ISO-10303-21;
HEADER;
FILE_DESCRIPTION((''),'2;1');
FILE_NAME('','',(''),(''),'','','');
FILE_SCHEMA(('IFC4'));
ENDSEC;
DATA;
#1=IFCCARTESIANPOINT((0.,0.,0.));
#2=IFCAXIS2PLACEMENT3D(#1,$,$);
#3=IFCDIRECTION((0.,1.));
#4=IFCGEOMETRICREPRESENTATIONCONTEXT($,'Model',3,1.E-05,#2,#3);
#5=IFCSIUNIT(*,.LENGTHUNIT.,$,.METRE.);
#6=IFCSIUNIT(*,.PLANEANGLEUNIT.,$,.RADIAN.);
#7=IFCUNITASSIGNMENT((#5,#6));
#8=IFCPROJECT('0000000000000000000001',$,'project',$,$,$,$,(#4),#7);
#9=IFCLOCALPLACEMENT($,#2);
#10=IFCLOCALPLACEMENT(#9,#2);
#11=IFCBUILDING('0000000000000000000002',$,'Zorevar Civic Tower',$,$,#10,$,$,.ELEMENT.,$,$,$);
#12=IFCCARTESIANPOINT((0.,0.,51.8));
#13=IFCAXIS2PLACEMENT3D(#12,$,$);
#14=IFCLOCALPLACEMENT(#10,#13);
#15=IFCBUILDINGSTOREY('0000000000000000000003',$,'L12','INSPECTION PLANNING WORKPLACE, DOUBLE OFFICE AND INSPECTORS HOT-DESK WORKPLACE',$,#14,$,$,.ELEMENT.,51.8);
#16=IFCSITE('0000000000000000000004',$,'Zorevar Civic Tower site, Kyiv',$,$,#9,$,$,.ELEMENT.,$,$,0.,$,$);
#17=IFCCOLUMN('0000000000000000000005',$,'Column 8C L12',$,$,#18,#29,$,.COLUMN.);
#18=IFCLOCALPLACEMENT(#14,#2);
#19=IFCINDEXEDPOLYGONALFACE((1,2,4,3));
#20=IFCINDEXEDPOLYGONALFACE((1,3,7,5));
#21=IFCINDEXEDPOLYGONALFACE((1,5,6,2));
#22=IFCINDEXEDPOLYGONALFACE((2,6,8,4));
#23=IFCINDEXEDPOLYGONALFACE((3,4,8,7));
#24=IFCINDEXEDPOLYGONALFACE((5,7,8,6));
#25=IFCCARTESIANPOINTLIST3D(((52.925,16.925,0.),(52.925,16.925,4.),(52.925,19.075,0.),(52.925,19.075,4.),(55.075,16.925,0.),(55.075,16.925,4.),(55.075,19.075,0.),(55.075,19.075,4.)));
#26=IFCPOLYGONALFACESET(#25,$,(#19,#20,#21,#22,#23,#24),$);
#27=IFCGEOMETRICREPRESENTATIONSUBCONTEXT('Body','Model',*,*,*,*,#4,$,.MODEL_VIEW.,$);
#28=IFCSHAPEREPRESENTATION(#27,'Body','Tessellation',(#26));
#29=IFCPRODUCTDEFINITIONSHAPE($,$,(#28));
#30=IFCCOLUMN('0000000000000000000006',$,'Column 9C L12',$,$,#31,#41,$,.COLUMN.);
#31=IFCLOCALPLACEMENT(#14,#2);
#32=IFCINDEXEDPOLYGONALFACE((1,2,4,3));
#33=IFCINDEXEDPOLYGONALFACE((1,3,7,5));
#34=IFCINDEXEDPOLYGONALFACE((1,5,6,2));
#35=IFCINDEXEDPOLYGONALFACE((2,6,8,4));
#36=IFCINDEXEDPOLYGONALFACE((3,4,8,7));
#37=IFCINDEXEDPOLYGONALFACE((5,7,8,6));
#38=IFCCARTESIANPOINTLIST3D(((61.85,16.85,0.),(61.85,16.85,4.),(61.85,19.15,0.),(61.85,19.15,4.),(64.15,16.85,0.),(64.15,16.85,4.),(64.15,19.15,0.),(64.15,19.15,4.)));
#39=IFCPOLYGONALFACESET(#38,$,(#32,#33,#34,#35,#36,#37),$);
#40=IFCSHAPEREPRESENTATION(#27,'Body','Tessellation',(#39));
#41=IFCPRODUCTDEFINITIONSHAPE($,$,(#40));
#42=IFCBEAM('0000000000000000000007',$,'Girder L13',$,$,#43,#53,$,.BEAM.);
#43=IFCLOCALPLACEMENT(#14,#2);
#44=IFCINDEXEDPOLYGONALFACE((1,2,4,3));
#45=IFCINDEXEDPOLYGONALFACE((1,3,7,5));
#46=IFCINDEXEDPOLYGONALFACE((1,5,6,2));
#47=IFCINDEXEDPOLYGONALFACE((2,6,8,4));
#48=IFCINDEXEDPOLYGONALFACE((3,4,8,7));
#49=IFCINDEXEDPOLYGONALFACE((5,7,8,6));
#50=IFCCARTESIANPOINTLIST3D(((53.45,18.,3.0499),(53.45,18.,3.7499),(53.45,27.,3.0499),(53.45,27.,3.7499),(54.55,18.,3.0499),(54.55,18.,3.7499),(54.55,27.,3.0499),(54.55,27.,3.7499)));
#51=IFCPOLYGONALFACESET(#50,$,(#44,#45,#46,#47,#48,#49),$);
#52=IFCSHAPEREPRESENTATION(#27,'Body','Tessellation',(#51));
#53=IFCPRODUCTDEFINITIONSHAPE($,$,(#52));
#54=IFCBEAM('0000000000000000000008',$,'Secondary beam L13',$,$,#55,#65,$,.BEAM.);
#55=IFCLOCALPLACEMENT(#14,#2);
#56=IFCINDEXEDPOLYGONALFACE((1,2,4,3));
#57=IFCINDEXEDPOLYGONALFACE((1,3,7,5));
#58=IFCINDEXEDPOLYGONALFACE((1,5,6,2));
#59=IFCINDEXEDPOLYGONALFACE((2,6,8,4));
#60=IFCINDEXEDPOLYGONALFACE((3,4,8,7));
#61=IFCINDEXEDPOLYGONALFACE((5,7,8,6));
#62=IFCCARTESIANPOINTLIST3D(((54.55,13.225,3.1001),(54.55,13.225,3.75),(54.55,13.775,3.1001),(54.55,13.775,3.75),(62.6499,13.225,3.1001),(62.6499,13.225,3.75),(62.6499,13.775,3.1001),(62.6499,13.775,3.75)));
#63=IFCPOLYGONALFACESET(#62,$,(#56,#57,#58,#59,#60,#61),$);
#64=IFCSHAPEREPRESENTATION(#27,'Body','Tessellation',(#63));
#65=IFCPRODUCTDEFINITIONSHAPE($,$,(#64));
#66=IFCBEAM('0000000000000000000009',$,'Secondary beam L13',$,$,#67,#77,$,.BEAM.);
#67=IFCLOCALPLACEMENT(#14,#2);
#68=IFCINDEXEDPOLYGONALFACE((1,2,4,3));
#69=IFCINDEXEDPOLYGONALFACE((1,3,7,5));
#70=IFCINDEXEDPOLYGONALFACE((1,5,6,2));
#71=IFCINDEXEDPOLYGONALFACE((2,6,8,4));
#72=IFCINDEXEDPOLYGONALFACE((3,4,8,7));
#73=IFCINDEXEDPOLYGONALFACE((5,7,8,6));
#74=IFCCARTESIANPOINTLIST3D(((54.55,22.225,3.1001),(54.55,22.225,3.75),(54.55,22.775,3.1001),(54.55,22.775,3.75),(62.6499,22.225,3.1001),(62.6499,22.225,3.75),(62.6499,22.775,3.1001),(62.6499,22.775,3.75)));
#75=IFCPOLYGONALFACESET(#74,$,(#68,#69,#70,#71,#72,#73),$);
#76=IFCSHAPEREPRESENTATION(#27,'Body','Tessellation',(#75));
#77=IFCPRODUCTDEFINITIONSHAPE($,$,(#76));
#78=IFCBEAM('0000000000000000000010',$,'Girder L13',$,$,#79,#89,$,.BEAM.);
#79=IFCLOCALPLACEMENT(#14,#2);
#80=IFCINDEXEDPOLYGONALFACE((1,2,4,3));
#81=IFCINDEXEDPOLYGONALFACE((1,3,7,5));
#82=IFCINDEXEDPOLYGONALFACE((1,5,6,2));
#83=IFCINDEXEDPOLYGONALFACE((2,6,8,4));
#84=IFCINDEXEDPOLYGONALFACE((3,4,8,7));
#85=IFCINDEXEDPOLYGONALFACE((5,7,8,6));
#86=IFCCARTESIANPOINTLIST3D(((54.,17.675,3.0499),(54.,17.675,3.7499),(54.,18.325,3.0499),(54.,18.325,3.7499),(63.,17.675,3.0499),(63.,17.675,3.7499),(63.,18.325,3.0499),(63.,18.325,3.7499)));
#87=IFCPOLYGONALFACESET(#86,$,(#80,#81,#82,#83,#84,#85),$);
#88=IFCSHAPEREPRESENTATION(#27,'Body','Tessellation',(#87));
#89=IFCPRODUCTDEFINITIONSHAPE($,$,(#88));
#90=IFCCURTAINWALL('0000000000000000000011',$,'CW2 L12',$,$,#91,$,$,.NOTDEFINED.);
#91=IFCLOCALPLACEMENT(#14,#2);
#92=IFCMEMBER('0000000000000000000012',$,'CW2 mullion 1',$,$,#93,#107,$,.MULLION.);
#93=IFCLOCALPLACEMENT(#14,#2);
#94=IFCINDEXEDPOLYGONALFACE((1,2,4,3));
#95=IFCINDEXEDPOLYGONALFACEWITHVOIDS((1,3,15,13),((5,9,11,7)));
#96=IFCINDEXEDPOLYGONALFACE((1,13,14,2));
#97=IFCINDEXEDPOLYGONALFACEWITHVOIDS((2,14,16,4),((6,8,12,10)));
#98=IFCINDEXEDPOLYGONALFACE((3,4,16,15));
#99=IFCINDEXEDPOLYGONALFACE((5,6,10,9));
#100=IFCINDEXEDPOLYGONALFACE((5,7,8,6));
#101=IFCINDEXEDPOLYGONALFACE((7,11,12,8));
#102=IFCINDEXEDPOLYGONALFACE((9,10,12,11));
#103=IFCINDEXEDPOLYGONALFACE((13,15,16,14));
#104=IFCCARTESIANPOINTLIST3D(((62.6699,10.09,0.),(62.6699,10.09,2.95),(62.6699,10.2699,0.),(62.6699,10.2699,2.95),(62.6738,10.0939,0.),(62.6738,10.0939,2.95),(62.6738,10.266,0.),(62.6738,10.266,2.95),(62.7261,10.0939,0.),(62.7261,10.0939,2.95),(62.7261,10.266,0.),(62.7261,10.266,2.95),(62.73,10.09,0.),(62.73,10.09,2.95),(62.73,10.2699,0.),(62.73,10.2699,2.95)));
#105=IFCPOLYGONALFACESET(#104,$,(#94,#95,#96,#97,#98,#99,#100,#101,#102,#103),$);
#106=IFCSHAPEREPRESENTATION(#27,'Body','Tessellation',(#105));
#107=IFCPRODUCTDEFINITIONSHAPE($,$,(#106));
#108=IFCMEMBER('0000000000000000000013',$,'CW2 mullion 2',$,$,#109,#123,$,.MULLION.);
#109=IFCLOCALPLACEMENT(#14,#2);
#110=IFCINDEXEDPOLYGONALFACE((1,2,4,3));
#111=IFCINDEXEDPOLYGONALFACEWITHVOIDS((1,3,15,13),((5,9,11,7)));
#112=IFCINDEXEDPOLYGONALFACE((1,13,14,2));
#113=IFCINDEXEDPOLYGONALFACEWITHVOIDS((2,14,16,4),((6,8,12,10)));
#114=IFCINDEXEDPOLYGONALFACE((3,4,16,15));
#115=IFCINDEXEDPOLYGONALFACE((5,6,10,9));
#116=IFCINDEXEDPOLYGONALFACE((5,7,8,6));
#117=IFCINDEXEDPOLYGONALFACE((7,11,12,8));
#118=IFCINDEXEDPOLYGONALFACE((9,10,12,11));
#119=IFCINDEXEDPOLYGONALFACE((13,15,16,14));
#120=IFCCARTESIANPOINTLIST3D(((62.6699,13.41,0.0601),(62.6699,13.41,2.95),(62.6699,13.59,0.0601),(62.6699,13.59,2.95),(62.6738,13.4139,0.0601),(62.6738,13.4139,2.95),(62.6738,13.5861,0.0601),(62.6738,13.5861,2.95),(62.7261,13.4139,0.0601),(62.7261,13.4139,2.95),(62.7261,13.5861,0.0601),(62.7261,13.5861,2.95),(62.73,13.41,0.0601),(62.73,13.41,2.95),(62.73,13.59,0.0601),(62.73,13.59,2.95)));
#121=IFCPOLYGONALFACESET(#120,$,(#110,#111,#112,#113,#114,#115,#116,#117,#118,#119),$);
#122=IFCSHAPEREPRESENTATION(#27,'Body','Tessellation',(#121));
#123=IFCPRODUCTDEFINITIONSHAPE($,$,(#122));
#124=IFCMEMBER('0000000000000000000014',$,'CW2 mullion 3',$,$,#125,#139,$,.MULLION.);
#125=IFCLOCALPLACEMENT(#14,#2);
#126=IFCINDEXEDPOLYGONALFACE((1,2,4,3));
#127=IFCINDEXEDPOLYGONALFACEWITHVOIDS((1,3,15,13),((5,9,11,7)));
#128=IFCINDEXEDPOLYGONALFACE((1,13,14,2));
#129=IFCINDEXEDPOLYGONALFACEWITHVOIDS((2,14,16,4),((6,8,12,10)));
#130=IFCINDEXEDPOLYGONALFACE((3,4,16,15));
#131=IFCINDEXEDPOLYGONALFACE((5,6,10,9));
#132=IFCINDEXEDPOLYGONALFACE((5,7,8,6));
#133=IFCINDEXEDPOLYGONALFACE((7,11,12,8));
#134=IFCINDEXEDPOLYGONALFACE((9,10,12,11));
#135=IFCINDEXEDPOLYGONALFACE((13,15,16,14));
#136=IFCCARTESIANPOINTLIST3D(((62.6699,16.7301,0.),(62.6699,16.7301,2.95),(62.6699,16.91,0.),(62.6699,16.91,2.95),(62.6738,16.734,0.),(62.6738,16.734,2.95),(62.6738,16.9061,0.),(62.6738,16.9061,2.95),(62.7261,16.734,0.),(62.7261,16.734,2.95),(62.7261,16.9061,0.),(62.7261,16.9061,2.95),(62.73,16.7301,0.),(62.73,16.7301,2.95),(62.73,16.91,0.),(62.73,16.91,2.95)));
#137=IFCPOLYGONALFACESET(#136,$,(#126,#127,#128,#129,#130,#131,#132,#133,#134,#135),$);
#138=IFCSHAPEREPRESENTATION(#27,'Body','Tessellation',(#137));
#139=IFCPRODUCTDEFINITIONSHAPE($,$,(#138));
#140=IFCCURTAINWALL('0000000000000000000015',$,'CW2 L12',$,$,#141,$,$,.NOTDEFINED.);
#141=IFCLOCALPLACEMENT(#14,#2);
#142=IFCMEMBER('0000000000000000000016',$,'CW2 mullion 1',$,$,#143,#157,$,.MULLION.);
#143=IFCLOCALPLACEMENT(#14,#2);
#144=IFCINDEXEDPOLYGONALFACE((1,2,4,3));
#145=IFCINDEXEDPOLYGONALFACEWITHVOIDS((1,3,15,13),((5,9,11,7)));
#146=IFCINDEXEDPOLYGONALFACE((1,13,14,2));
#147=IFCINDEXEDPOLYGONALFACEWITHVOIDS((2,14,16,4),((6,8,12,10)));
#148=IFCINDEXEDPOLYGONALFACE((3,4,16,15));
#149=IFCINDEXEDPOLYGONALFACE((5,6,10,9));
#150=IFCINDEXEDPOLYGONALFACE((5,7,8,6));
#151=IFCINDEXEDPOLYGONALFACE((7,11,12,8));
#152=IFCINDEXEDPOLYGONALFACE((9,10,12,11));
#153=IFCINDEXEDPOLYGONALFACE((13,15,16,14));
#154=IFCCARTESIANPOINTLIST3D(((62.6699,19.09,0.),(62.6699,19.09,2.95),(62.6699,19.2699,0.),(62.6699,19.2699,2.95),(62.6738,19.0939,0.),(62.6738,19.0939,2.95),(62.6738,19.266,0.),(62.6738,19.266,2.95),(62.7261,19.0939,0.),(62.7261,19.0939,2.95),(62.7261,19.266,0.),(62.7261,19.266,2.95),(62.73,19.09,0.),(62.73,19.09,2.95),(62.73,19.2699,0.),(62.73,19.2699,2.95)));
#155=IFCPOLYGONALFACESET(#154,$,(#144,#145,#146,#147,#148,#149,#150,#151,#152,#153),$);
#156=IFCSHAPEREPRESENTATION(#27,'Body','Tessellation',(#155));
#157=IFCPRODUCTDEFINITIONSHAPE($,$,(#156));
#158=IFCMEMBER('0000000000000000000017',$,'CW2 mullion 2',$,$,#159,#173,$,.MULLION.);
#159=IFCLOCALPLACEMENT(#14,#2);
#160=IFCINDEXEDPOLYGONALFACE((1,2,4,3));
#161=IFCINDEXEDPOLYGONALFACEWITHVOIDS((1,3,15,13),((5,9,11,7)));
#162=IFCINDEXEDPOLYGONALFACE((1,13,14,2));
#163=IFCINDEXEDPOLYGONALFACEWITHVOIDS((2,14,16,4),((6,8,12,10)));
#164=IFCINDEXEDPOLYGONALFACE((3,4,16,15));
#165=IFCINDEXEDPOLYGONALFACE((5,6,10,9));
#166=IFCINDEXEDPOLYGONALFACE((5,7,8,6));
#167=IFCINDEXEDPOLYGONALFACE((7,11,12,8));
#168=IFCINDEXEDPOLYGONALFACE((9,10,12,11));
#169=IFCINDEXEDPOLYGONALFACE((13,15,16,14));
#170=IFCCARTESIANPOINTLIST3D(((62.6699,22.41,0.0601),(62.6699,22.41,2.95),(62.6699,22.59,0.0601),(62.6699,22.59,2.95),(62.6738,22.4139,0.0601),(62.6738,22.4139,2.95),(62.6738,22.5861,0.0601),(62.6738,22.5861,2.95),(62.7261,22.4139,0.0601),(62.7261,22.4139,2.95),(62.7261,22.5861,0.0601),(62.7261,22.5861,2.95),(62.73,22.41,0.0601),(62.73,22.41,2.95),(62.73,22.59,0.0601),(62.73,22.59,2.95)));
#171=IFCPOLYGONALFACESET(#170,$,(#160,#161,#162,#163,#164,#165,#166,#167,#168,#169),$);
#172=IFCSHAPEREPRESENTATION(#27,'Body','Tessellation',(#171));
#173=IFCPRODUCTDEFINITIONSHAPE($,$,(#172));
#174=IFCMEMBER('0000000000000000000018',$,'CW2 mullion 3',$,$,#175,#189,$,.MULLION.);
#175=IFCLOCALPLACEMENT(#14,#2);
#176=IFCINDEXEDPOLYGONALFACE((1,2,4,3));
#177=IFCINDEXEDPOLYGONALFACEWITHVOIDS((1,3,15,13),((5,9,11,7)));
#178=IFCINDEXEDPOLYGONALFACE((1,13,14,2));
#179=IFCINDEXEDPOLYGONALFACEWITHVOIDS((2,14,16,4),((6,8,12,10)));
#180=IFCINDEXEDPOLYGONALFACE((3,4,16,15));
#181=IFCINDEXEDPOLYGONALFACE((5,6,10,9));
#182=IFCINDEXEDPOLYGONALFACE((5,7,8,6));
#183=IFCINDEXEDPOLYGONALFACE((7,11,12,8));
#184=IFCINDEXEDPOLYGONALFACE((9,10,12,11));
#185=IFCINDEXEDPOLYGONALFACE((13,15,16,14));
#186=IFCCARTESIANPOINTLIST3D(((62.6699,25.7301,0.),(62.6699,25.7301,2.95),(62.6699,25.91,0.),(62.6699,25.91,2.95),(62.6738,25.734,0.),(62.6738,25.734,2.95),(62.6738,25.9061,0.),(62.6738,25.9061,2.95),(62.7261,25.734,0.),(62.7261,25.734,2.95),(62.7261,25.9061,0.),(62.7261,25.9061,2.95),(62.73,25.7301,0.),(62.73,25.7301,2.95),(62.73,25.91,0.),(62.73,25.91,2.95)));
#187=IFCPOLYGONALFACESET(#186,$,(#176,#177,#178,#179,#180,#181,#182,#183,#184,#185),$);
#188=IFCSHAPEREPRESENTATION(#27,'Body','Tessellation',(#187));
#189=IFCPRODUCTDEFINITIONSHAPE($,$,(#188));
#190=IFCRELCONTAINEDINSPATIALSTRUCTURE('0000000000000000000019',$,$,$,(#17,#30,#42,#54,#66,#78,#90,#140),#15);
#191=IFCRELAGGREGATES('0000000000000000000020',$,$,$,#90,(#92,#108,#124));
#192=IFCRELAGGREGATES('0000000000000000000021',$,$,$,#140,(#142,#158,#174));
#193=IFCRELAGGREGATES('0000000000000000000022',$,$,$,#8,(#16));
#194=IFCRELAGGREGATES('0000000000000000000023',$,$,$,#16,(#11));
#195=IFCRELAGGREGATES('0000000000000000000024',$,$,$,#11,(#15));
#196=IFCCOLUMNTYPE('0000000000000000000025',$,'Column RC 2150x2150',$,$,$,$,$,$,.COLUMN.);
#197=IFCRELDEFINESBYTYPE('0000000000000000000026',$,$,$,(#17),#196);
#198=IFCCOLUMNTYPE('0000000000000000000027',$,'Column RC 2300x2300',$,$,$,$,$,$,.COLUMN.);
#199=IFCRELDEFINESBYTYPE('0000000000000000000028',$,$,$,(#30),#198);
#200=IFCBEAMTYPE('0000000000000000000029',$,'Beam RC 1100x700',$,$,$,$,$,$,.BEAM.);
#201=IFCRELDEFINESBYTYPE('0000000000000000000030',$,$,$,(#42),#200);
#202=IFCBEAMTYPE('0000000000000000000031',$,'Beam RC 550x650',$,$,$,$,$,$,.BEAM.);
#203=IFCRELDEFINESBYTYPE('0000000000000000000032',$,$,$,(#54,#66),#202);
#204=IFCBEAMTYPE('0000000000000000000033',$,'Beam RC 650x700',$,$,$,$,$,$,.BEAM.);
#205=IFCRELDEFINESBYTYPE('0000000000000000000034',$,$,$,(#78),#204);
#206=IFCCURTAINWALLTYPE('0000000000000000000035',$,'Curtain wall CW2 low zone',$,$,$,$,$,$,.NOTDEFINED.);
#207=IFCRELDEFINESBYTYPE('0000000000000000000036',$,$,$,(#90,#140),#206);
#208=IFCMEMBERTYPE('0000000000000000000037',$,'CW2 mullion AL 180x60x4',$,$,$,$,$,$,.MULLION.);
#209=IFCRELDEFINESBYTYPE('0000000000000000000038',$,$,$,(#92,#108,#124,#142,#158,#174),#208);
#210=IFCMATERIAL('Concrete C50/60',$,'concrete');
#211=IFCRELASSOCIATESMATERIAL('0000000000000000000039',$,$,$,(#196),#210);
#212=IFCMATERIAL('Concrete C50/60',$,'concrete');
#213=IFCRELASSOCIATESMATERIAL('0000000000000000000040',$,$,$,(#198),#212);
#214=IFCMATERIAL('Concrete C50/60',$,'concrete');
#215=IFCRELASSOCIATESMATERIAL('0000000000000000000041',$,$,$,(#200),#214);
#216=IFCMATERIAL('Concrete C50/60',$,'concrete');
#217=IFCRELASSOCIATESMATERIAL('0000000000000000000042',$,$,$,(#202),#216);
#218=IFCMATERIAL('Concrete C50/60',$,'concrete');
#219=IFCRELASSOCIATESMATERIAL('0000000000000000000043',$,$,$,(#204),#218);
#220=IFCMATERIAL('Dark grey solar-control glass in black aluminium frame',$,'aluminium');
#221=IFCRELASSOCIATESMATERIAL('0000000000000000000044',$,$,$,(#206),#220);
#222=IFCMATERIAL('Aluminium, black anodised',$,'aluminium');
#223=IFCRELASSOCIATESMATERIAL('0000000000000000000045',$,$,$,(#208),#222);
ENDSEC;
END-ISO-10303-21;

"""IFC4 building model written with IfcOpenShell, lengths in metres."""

from ifc_helpers import new_model, si_unit, direction, frame, origin, origin_2d, place, context, subcontext, project, spatial, rectangle, hollow_rectangle, extrude, material, material_profile, profile_set, type_object, element, aggregate, save


model = new_model("IFC4")

# Units and contexts
model_context = context("Model", 3, precision=1e-05, world=origin(), true_north=direction((0.0, 1.0)))
body_context = subcontext(model_context, "Body", "Model", "MODEL_VIEW")
ifc_project = project(units=[si_unit("LENGTHUNIT", "METRE"), si_unit("PLANEANGLEUNIT", "RADIAN")], contexts=[model_context])

# Site, building, storey
site_placement = place(None, origin())
site = spatial("IfcSite", under=ifc_project, at=site_placement, Name="Zorevar Civic Tower site, Kyiv", CompositionType="ELEMENT", RefElevation=0.0)
building_placement = place(site_placement, origin())
building = spatial("IfcBuilding", under=site, at=building_placement, Name="Zorevar Civic Tower", CompositionType="ELEMENT")
storey_placement = place(building_placement, frame((0.0, 0.0, 51.8)))
storey = spatial("IfcBuildingStorey", under=building, at=storey_placement, Name="L12", Description="INSPECTION PLANNING WORKPLACE, DOUBLE OFFICE AND INSPECTORS HOT-DESK WORKPLACE", CompositionType="ELEMENT", Elevation=51.8)

# Columns
ifc_material_1 = material(Name="Concrete C50/60", Category="concrete")
ifc_material_profile_1 = material_profile(ifc_material_1, rectangle(XDim=2.1499, YDim=2.1499, at=origin_2d()), Name="RC 2150x2150")
ifc_profile_set_1 = profile_set([ifc_material_profile_1], Name="Concrete C50/60")
column_type_1 = type_object("IfcColumnType", Name="Column RC 2150x2150", PredefinedType="COLUMN", material=ifc_profile_set_1)
column_1_placement = place(storey_placement, frame((54.0, 18.0, 0.0), z_axis=(0.0, 0.0, 1.0), x_axis=(1.0, 0.0, 0.0)))
element("IfcColumn", 1, at=column_1_placement, inside=storey, type_object=column_type_1, Name="Column 8C L12", PredefinedType="COLUMN", context=body_context, shape_type="SweptSolid", body=[
    extrude(rectangle(XDim=2.1499, YDim=2.1499, at=origin_2d()), origin(), (0.0, 0.0, 1.0), 4.0),
])
ifc_material_2 = material(Name="Concrete C50/60", Category="concrete")
ifc_material_profile_2 = material_profile(ifc_material_2, rectangle(XDim=2.3, YDim=2.3, at=origin_2d()), Name="RC 2300x2300")
ifc_profile_set_2 = profile_set([ifc_material_profile_2], Name="Concrete C50/60")
column_type_2 = type_object("IfcColumnType", Name="Column RC 2300x2300", PredefinedType="COLUMN", material=ifc_profile_set_2)
column_2_placement = place(storey_placement, frame((63.0, 18.0, 0.0), z_axis=(0.0, 0.0, 1.0), x_axis=(1.0, 0.0, 0.0)))
element("IfcColumn", 2, at=column_2_placement, inside=storey, type_object=column_type_2, Name="Column 9C L12", PredefinedType="COLUMN", context=body_context, shape_type="SweptSolid", body=[
    extrude(rectangle(XDim=2.3, YDim=2.3, at=origin_2d()), origin(), (0.0, 0.0, 1.0), 4.0),
])

# Beams
ifc_material_3 = material(Name="Concrete C50/60", Category="concrete")
ifc_material_profile_3 = material_profile(ifc_material_3, rectangle(XDim=1.1001, YDim=0.7, at=origin_2d()), Name="RC 1100x700")
ifc_profile_set_3 = profile_set([ifc_material_profile_3], Name="Concrete C50/60")
beam_type_1 = type_object("IfcBeamType", Name="Beam RC 1100x700", PredefinedType="BEAM", material=ifc_profile_set_3)
beam_1_placement = place(storey_placement, frame((54.0, 18.0, 3.3999), z_axis=(0.0, 1.0, 0.0), x_axis=(-1.0, 0.0, 0.0)))
element("IfcBeam", 3, at=beam_1_placement, inside=storey, type_object=beam_type_1, Name="Girder L13", PredefinedType="BEAM", context=body_context, shape_type="SweptSolid", body=[
    extrude(rectangle(XDim=1.1001, YDim=0.7, at=origin_2d()), origin(), (0.0, 0.0, 1.0), 9.0),
])
ifc_material_4 = material(Name="Concrete C50/60", Category="concrete")
ifc_material_profile_4 = material_profile(ifc_material_4, rectangle(XDim=0.55, YDim=0.6499, at=origin_2d()), Name="RC 550x650")
ifc_profile_set_4 = profile_set([ifc_material_profile_4], Name="Concrete C50/60")
beam_type_2 = type_object("IfcBeamType", Name="Beam RC 550x650", PredefinedType="BEAM", material=ifc_profile_set_4)
for number, where, z_axis, x_axis, name in (
    (4, (54.55, 13.5, 3.425), (1.0, 0.0, 0.0), (0.0, 1.0, 0.0), "Secondary beam L13"),
    (5, (54.55, 22.5, 3.425), (1.0, 0.0, 0.0), (0.0, 1.0, 0.0), "Secondary beam L13"),
):
    element("IfcBeam", number, at=place(storey_placement, frame(where, z_axis=z_axis, x_axis=x_axis)), inside=storey, type_object=beam_type_2, Name=name, PredefinedType="BEAM", context=body_context, shape_type="SweptSolid", body=[
        extrude(rectangle(XDim=0.55, YDim=0.6499, at=origin_2d()), origin(), (0.0, 0.0, 1.0), 8.0999),
    ])
ifc_material_5 = material(Name="Concrete C50/60", Category="concrete")
ifc_material_profile_5 = material_profile(ifc_material_5, rectangle(XDim=0.6499, YDim=0.7, at=origin_2d()), Name="RC 650x700")
ifc_profile_set_5 = profile_set([ifc_material_profile_5], Name="Concrete C50/60")
beam_type_3 = type_object("IfcBeamType", Name="Beam RC 650x700", PredefinedType="BEAM", material=ifc_profile_set_5)
beam_2_placement = place(storey_placement, frame((54.0, 18.0, 3.3999), z_axis=(1.0, 0.0, 0.0), x_axis=(0.0, 1.0, 0.0)))
element("IfcBeam", 6, at=beam_2_placement, inside=storey, type_object=beam_type_3, Name="Girder L13", PredefinedType="BEAM", context=body_context, shape_type="SweptSolid", body=[
    extrude(rectangle(XDim=0.6499, YDim=0.7, at=origin_2d()), origin(), (0.0, 0.0, 1.0), 9.0),
])

# Curtain walls, members
ifc_material_6 = material(Name="Dark grey solar-control glass in black aluminium frame", Category="aluminium")
curtain_wall_type = type_object("IfcCurtainWallType", Name="Curtain wall CW2 low zone", PredefinedType="NOTDEFINED", material=ifc_material_6)
curtain_wall_1_placement = place(storey_placement, origin())
curtain_wall_1 = element("IfcCurtainWall", 7, at=curtain_wall_1_placement, inside=storey, type_object=curtain_wall_type, Name="CW2 L12", PredefinedType="NOTDEFINED")
ifc_material_7 = material(Name="Aluminium, black anodised", Category="aluminium")
ifc_material_profile_6 = material_profile(ifc_material_7, hollow_rectangle(XDim=0.0601, YDim=0.1799, WallThickness=0.0039, at=origin_2d()), Name="AL 180x60x4")
ifc_profile_set_6 = profile_set([ifc_material_profile_6], Name="Aluminium, black anodised")
member_type_1 = type_object("IfcMemberType", Name="CW2 mullion AL 180x60x4", PredefinedType="MULLION", material=ifc_profile_set_6)
member_1_placement = place(storey_placement, frame((62.7, 10.1799, 0.0), z_axis=(0.0, 0.0, 1.0), x_axis=(-1.0, 0.0, 0.0)))
member_1 = element("IfcMember", 8, at=member_1_placement, type_object=member_type_1, Name="CW2 mullion 1", PredefinedType="MULLION", context=body_context, shape_type="SweptSolid", body=[
    extrude(hollow_rectangle(XDim=0.0601, YDim=0.1799, WallThickness=0.0039, at=origin_2d()), origin(), (0.0, 0.0, 1.0), 2.95),
])
member_2_placement = place(storey_placement, frame((62.7, 13.5, 0.0601), z_axis=(0.0, 0.0, 1.0), x_axis=(-1.0, 0.0, 0.0)))
member_2 = element("IfcMember", 9, at=member_2_placement, type_object=member_type_1, Name="CW2 mullion 2", PredefinedType="MULLION", context=body_context, shape_type="SweptSolid", body=[
    extrude(hollow_rectangle(XDim=0.0601, YDim=0.1799, WallThickness=0.0039, at=origin_2d()), origin(), (0.0, 0.0, 1.0), 2.8899),
])
member_3_placement = place(storey_placement, frame((62.7, 16.8201, 0.0), z_axis=(0.0, 0.0, 1.0), x_axis=(-1.0, 0.0, 0.0)))
member_3 = element("IfcMember", 10, at=member_3_placement, type_object=member_type_1, Name="CW2 mullion 3", PredefinedType="MULLION", context=body_context, shape_type="SweptSolid", body=[
    extrude(hollow_rectangle(XDim=0.0601, YDim=0.1799, WallThickness=0.0039, at=origin_2d()), origin(), (0.0, 0.0, 1.0), 2.95),
])
curtain_wall_2_placement = place(storey_placement, origin())
curtain_wall_2 = element("IfcCurtainWall", 11, at=curtain_wall_2_placement, inside=storey, type_object=curtain_wall_type, Name="CW2 L12", PredefinedType="NOTDEFINED")
member_4_placement = place(storey_placement, frame((62.7, 19.1799, 0.0), z_axis=(0.0, 0.0, 1.0), x_axis=(-1.0, 0.0, 0.0)))
member_4 = element("IfcMember", 12, at=member_4_placement, type_object=member_type_1, Name="CW2 mullion 1", PredefinedType="MULLION", context=body_context, shape_type="SweptSolid", body=[
    extrude(hollow_rectangle(XDim=0.0601, YDim=0.1799, WallThickness=0.0039, at=origin_2d()), origin(), (0.0, 0.0, 1.0), 2.95),
])
member_5_placement = place(storey_placement, frame((62.7, 22.5, 0.0601), z_axis=(0.0, 0.0, 1.0), x_axis=(-1.0, 0.0, 0.0)))
member_5 = element("IfcMember", 13, at=member_5_placement, type_object=member_type_1, Name="CW2 mullion 2", PredefinedType="MULLION", context=body_context, shape_type="SweptSolid", body=[
    extrude(hollow_rectangle(XDim=0.0601, YDim=0.1799, WallThickness=0.0039, at=origin_2d()), origin(), (0.0, 0.0, 1.0), 2.8899),
])
member_6_placement = place(storey_placement, frame((62.7, 25.8201, 0.0), z_axis=(0.0, 0.0, 1.0), x_axis=(-1.0, 0.0, 0.0)))
member_6 = element("IfcMember", 14, at=member_6_placement, type_object=member_type_1, Name="CW2 mullion 3", PredefinedType="MULLION", context=body_context, shape_type="SweptSolid", body=[
    extrude(hollow_rectangle(XDim=0.0601, YDim=0.1799, WallThickness=0.0039, at=origin_2d()), origin(), (0.0, 0.0, 1.0), 2.95),
])

aggregate(curtain_wall_1, [member_1, member_2, member_3])
aggregate(curtain_wall_2, [member_4, member_5, member_6])

save(model, "model.ifc")
